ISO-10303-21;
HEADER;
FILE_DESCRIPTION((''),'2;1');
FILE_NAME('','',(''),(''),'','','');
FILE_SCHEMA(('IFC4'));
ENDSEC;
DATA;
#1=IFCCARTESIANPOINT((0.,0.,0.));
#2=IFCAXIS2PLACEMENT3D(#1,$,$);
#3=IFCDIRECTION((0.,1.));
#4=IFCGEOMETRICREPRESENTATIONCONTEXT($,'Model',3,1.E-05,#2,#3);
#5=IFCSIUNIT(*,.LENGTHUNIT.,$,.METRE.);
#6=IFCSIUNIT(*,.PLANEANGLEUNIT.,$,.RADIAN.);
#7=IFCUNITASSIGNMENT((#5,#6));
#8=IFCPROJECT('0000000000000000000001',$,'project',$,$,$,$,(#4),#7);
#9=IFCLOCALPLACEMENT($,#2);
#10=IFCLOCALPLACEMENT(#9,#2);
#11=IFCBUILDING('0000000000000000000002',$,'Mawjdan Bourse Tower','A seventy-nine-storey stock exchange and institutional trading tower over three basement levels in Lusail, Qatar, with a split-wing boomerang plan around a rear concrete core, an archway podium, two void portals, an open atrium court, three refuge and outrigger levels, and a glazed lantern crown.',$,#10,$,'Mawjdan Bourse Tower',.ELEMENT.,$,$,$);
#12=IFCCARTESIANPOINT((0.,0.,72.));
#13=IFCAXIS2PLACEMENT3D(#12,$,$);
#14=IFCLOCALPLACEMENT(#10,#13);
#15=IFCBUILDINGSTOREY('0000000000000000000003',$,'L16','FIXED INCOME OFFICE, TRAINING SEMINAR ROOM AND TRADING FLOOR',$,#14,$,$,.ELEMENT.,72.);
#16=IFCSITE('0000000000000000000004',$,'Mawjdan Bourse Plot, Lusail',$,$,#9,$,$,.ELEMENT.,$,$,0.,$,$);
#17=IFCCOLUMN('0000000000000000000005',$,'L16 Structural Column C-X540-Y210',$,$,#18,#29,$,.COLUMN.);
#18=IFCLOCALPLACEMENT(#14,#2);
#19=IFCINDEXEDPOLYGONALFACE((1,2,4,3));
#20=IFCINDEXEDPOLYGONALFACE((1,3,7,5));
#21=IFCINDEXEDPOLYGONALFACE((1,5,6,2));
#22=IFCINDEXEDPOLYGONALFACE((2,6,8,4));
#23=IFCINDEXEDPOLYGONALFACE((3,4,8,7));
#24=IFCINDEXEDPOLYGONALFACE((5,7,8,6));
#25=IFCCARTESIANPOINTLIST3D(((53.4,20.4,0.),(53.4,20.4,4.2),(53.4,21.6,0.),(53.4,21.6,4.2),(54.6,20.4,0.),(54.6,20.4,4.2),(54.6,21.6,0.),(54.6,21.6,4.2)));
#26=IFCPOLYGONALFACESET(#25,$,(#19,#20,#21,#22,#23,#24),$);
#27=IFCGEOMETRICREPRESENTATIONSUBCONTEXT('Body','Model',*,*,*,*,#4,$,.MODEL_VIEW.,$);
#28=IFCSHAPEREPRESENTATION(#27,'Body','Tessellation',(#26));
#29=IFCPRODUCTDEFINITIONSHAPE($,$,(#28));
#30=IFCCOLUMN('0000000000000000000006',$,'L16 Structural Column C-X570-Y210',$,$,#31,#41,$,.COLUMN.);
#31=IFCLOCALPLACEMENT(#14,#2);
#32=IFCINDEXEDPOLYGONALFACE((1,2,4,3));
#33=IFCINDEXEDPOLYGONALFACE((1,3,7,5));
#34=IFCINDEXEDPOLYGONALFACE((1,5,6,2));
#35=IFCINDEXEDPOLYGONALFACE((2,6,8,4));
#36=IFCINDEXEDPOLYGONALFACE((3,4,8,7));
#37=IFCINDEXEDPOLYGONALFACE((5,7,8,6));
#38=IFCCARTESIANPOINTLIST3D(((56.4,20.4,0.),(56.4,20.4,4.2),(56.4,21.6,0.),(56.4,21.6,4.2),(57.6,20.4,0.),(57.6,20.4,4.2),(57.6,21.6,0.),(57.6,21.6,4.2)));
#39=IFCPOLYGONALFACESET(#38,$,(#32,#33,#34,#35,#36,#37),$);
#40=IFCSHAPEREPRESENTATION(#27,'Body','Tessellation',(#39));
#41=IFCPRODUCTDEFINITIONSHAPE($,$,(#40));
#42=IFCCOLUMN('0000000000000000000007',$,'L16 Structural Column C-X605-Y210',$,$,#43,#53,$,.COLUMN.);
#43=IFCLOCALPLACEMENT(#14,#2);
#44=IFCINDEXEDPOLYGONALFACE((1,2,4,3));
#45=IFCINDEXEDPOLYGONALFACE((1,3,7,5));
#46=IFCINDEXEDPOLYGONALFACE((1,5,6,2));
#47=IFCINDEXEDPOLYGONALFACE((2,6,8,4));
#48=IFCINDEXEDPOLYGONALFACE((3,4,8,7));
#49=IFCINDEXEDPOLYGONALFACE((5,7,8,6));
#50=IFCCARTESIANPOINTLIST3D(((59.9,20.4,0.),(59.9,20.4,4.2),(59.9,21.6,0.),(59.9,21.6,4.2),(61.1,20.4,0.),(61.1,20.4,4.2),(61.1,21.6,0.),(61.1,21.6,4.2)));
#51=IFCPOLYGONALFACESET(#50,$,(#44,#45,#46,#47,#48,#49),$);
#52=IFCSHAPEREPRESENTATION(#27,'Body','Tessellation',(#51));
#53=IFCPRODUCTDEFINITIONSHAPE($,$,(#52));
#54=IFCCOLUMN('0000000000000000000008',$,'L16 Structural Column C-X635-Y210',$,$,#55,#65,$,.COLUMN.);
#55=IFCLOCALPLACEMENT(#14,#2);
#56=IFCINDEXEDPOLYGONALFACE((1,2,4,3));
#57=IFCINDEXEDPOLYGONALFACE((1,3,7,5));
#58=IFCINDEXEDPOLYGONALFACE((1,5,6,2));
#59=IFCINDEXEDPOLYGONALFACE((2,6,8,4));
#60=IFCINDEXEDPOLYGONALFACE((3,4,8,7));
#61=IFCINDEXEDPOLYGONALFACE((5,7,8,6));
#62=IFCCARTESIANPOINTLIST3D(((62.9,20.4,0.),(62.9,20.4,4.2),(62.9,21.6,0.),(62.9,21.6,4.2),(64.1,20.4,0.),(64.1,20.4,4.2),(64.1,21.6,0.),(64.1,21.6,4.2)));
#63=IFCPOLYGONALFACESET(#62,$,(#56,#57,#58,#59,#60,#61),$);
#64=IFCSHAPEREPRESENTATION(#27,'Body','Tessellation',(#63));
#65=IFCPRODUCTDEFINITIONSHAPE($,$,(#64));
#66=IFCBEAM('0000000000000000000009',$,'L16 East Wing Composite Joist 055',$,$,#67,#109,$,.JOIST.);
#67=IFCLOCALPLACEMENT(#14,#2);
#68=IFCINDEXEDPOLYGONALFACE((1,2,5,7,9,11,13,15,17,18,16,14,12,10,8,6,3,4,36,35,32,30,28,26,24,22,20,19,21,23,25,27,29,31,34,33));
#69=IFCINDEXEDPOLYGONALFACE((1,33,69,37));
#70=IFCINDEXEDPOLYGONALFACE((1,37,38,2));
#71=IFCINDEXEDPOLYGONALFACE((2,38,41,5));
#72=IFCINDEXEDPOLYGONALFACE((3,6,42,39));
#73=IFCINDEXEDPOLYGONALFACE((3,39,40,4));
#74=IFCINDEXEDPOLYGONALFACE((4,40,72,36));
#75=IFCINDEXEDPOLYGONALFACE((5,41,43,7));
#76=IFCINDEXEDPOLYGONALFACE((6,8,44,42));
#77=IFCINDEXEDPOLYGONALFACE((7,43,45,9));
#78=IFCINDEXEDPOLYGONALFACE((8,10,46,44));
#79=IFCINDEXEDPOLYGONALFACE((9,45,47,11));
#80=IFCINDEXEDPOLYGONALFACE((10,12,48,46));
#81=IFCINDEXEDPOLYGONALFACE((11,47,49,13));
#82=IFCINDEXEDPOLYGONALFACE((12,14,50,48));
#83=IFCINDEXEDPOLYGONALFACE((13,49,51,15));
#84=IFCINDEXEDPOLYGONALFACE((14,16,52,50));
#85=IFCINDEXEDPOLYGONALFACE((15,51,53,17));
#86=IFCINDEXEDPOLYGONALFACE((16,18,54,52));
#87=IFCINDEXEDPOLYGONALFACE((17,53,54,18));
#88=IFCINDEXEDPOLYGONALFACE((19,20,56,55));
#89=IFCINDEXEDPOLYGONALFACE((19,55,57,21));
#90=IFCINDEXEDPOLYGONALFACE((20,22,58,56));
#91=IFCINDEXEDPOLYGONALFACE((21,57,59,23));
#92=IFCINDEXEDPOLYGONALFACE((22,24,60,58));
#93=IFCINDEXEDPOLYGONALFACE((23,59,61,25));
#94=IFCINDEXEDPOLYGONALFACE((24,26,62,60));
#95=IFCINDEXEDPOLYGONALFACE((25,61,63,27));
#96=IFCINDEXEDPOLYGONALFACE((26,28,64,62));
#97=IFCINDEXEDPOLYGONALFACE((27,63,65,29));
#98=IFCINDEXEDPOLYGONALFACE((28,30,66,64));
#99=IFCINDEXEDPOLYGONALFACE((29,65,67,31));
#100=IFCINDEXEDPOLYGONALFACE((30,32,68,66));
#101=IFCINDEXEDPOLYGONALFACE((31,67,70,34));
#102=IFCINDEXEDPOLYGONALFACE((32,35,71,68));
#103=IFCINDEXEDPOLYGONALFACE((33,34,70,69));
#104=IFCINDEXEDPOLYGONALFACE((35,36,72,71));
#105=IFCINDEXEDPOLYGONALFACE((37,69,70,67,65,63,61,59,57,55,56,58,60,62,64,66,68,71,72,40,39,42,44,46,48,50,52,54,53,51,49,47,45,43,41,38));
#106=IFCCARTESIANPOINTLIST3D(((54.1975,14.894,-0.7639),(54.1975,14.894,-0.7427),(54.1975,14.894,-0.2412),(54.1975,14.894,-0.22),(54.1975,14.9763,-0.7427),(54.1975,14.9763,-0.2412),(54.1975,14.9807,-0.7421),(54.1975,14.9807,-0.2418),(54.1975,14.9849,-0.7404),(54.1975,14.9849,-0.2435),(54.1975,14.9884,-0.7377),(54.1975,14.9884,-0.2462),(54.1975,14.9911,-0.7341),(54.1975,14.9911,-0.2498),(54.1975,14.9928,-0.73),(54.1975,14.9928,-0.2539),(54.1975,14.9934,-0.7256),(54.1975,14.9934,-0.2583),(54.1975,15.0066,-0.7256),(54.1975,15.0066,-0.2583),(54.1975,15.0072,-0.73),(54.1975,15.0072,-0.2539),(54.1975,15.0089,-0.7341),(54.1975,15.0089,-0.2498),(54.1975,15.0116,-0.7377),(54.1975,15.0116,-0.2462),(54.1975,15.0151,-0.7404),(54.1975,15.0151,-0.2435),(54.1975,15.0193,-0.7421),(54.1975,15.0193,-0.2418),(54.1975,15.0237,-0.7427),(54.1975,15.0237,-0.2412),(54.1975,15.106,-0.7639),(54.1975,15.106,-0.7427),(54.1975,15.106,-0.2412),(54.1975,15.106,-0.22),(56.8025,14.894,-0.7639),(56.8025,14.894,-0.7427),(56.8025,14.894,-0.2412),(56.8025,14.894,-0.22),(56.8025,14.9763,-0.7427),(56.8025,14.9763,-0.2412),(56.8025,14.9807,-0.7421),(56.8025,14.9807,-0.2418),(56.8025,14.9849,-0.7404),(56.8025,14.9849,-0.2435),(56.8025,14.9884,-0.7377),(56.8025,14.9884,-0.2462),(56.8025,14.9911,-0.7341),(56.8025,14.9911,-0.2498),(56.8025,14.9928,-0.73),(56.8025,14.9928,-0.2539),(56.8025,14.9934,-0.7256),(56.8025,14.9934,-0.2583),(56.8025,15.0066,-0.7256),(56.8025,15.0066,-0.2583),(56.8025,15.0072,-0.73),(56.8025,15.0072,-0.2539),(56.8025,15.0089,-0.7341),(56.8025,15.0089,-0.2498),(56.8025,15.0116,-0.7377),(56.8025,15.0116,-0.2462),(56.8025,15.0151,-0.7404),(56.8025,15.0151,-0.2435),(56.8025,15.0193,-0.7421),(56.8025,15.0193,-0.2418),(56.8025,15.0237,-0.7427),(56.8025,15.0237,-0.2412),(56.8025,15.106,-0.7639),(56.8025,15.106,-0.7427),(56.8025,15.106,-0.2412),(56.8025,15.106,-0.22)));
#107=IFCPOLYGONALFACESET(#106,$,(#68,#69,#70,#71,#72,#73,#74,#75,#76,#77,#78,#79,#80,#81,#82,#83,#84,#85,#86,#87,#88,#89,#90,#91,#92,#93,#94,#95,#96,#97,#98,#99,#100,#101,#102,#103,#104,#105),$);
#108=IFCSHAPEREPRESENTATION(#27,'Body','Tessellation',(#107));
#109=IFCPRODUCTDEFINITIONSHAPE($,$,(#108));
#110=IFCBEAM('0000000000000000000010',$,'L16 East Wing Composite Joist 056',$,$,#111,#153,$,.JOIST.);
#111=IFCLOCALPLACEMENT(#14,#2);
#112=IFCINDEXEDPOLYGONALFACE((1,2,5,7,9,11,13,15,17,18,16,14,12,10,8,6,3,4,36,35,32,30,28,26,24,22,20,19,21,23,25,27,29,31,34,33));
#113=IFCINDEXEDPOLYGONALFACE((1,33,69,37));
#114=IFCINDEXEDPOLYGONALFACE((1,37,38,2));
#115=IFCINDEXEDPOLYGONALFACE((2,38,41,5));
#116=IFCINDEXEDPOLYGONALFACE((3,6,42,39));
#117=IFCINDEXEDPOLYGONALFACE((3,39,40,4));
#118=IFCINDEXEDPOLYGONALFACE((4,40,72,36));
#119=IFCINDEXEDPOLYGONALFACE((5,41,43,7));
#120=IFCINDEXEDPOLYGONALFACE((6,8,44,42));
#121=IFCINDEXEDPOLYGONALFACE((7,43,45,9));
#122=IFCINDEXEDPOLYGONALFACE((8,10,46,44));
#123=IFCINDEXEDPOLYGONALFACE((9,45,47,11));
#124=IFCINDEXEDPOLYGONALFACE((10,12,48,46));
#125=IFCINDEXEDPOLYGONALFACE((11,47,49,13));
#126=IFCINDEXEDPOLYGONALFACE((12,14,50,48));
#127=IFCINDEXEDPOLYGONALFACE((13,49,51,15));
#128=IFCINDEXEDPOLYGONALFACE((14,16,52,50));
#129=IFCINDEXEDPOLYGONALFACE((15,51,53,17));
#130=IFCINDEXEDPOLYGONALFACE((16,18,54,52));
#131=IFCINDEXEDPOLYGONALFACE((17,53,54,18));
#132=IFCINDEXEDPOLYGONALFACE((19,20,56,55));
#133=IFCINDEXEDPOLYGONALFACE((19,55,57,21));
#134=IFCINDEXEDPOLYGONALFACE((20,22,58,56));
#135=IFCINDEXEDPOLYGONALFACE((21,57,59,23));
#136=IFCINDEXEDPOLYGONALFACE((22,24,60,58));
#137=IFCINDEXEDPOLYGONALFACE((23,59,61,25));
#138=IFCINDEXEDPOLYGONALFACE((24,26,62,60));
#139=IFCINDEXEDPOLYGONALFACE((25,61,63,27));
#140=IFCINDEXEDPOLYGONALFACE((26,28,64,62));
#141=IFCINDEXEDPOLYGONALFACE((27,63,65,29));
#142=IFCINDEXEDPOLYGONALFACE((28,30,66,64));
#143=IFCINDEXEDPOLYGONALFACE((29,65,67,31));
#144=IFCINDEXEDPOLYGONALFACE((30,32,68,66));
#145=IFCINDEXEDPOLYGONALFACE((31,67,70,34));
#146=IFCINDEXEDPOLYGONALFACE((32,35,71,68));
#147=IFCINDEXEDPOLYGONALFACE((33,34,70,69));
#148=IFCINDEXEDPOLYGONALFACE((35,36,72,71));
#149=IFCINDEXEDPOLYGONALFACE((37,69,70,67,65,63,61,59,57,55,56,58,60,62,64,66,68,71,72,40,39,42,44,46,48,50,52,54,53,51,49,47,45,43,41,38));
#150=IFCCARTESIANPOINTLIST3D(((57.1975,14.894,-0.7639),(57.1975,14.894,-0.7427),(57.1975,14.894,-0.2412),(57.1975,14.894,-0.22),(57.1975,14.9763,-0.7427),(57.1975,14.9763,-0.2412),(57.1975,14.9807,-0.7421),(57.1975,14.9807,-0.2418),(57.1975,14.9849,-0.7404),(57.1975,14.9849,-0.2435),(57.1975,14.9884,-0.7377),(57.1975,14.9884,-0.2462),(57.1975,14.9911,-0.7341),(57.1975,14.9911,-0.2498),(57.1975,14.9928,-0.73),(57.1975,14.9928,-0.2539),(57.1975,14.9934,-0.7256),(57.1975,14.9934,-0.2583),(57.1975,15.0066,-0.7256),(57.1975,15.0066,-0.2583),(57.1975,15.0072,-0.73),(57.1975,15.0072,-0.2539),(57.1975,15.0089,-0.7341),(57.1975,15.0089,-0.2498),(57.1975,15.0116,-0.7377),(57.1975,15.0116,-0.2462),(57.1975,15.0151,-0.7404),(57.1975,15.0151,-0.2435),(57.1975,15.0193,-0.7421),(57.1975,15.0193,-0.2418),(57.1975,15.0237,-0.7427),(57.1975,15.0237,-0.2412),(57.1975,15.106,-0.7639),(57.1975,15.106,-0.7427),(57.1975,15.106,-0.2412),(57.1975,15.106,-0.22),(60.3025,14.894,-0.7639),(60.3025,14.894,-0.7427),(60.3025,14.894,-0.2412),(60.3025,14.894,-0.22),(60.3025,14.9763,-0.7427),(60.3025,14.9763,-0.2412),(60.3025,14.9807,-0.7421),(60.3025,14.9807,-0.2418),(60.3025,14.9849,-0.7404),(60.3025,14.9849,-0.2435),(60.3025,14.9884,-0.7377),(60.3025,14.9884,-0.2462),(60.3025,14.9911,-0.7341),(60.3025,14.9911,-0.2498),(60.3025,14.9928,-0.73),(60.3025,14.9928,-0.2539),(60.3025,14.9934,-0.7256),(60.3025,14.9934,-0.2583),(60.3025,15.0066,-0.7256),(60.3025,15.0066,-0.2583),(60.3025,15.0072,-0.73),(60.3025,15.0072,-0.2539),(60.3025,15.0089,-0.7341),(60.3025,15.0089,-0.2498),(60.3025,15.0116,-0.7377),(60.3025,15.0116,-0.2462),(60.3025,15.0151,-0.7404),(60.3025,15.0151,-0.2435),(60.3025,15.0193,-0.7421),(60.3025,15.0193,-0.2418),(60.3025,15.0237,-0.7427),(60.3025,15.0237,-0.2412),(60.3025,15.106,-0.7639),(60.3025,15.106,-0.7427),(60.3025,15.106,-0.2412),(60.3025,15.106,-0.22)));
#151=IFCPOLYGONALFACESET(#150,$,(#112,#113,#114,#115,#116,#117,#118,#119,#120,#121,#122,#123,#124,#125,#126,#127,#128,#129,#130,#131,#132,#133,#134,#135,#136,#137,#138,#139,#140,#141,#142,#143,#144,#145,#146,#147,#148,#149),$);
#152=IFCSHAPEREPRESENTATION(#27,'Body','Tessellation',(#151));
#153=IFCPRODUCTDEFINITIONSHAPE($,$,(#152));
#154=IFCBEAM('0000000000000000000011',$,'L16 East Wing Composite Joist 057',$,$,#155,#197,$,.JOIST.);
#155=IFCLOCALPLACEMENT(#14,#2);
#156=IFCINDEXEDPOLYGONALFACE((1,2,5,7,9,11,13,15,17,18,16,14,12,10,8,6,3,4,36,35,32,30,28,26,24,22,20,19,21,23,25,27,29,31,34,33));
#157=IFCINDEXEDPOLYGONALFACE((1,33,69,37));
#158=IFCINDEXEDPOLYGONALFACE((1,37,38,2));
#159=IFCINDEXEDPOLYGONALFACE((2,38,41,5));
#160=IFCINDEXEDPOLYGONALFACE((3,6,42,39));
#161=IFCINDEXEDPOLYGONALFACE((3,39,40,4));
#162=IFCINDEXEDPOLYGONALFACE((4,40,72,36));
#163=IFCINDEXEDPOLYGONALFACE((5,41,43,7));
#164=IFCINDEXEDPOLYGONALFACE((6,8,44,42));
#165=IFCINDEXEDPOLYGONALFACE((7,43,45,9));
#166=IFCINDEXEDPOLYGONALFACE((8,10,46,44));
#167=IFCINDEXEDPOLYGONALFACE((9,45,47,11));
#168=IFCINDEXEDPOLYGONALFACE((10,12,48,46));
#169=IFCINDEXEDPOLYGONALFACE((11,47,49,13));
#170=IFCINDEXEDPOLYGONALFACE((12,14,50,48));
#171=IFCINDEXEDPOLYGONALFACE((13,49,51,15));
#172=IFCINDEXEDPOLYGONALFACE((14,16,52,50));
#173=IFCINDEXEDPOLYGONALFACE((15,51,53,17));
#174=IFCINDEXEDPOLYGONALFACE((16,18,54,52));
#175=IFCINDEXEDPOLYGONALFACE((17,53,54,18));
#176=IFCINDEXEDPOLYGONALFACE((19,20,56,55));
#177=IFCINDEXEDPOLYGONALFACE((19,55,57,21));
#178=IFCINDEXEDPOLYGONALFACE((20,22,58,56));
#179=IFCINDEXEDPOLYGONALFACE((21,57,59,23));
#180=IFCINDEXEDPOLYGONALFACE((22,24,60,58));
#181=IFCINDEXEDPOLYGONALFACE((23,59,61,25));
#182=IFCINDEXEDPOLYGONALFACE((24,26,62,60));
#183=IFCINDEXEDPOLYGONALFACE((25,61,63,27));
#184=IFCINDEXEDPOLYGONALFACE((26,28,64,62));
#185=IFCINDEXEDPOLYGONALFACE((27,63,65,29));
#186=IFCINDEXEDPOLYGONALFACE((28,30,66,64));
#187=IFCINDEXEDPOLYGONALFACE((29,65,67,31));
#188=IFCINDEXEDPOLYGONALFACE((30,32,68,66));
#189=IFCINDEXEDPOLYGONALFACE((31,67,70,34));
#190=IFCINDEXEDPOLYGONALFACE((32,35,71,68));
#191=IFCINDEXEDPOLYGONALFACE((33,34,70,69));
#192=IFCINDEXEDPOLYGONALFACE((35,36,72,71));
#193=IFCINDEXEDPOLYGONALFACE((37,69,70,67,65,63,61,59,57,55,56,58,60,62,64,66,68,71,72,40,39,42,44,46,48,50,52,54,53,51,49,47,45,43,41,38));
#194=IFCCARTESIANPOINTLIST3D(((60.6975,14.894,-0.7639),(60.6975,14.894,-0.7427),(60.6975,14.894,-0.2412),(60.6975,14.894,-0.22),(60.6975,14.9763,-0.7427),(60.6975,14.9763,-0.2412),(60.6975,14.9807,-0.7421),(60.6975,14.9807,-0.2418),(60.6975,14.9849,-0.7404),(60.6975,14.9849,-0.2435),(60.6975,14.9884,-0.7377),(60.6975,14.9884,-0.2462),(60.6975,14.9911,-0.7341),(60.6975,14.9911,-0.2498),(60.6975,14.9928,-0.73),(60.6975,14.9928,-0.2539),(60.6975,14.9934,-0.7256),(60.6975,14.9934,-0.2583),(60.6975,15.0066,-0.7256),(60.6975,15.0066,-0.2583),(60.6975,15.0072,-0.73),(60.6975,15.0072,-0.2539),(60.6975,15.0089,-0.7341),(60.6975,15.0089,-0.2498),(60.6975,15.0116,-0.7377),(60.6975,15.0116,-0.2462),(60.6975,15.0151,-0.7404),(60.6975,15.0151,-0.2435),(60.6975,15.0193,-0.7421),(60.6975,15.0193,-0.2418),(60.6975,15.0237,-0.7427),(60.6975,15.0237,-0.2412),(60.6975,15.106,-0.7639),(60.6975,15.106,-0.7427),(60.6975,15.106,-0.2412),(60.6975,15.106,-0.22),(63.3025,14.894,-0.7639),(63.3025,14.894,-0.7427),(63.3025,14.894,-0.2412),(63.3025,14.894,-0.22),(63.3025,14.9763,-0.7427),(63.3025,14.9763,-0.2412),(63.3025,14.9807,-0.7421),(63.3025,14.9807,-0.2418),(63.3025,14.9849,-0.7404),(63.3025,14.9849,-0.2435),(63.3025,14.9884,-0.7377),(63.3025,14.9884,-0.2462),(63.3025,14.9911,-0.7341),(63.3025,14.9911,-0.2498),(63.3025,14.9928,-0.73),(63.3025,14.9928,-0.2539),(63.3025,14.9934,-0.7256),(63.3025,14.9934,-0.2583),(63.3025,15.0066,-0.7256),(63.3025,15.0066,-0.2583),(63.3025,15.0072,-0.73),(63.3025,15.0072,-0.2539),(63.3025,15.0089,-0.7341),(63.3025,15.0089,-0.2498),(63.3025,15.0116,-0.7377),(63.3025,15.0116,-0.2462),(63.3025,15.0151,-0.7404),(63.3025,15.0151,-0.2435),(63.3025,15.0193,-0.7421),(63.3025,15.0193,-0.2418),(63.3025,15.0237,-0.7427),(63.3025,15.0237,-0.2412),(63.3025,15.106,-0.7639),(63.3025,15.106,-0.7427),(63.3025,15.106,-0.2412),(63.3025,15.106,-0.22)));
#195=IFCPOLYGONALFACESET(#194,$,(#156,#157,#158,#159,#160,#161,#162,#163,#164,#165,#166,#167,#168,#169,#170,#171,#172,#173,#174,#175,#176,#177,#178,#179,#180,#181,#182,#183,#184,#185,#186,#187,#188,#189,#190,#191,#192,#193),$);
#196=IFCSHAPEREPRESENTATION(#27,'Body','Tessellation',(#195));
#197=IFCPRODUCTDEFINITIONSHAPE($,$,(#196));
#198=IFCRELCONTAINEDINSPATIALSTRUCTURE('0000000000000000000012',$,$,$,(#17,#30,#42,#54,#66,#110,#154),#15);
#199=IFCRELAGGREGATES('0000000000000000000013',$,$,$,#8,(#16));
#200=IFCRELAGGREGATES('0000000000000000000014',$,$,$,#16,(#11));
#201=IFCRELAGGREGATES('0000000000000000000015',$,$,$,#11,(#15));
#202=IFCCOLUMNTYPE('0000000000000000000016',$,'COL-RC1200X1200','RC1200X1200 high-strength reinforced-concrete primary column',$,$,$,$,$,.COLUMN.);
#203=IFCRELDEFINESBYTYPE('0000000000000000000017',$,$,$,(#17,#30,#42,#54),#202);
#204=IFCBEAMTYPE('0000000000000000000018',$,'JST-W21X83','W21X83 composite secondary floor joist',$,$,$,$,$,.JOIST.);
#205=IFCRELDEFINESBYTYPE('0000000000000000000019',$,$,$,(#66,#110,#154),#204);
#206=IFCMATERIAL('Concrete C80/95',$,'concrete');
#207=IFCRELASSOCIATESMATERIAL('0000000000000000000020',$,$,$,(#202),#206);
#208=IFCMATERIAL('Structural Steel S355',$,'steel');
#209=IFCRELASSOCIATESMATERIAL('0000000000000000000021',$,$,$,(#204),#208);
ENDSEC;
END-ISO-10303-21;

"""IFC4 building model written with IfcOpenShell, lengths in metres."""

from ifc_helpers import new_model, si_unit, direction, frame, origin, origin_2d, place, context, subcontext, project, spatial, rectangle, i_section, extrude, material, material_profile, profile_set, type_object, element, save


model = new_model("IFC4")

# Units and contexts
model_context = context("Model", 3, precision=1e-05, world=origin(), true_north=direction((0.0, 1.0)))
body_context = subcontext(model_context, "Body", "Model", "MODEL_VIEW")
ifc_project = project(units=[si_unit("LENGTHUNIT", "METRE"), si_unit("PLANEANGLEUNIT", "RADIAN")], contexts=[model_context])

# Site, building, storey
site_placement = place(None, origin())
site = spatial("IfcSite", under=ifc_project, at=site_placement, Name="Mawjdan Bourse Plot, Lusail", CompositionType="ELEMENT", RefElevation=0.0)
building_placement = place(site_placement, origin())
building = spatial("IfcBuilding", under=site, at=building_placement, Name="Mawjdan Bourse Tower", Description="A seventy-nine-storey stock exchange and institutional trading tower over three basement levels in Lusail, Qatar, with a split-wing boomerang plan around a rear concrete core, an archway podium, two void portals, an open atrium court, three refuge and outrigger levels, and a glazed lantern crown.", LongName="Mawjdan Bourse Tower", CompositionType="ELEMENT")
storey_placement = place(building_placement, frame((0.0, 0.0, 72.0)))
storey = spatial("IfcBuildingStorey", under=building, at=storey_placement, Name="L16", Description="FIXED INCOME OFFICE, TRAINING SEMINAR ROOM AND TRADING FLOOR", CompositionType="ELEMENT", Elevation=72.0)

# Columns
ifc_material_1 = material(Name="Concrete C80/95", Category="concrete")
ifc_material_profile_1 = material_profile(ifc_material_1, rectangle(XDim=1.2, YDim=1.2, at=origin_2d()), Name="RC1200X1200")
ifc_profile_set_1 = profile_set([ifc_material_profile_1], Name="Concrete C80/95")
column_type = type_object("IfcColumnType", Name="COL-RC1200X1200", Description="RC1200X1200 high-strength reinforced-concrete primary column", PredefinedType="COLUMN", material=ifc_profile_set_1)
for number, where, z_axis, x_axis, name in (
    (1, (54.0, 21.0, 0.0), (0.0, 0.0, 1.0), (1.0, 0.0, 0.0), "L16 Structural Column C-X540-Y210"),
    (2, (57.0, 21.0, 0.0), (0.0, 0.0, 1.0), (1.0, 0.0, 0.0), "L16 Structural Column C-X570-Y210"),
    (3, (60.5, 21.0, 0.0), (0.0, 0.0, 1.0), (1.0, 0.0, 0.0), "L16 Structural Column C-X605-Y210"),
    (4, (63.5, 21.0, 0.0), (0.0, 0.0, 1.0), (1.0, 0.0, 0.0), "L16 Structural Column C-X635-Y210"),
):
    element("IfcColumn", number, at=place(storey_placement, frame(where, z_axis=z_axis, x_axis=x_axis)), inside=storey, type_object=column_type, Name=name, PredefinedType="COLUMN", context=body_context, shape_type="SweptSolid", body=[
        extrude(rectangle(XDim=1.2, YDim=1.2, at=origin_2d()), origin(), (0.0, 0.0, 1.0), 4.2),
    ])

# Beams
ifc_material_2 = material(Name="Structural Steel S355", Category="steel")
ifc_material_profile_2 = material_profile(ifc_material_2, i_section(OverallWidth=0.2119, OverallDepth=0.5439, WebThickness=0.0132, FlangeThickness=0.0212, FilletRadius=0.0171, at=origin_2d()), Name="W21X83")
ifc_profile_set_2 = profile_set([ifc_material_profile_2], Name="Structural Steel S355")
beam_type_1 = type_object("IfcBeamType", Name="JST-W21X83", Description="W21X83 composite secondary floor joist", PredefinedType="JOIST", material=ifc_profile_set_2)
beam_1_placement = place(storey_placement, frame((54.1975, 15.0, -0.4919), z_axis=(1.0, 0.0, 0.0), x_axis=(0.0, 1.0, 0.0)))
element("IfcBeam", 5, at=beam_1_placement, inside=storey, type_object=beam_type_1, Name="L16 East Wing Composite Joist 055", PredefinedType="JOIST", context=body_context, shape_type="SweptSolid", body=[
    extrude(i_section(OverallWidth=0.2119, OverallDepth=0.5439, WebThickness=0.0132, FlangeThickness=0.0212, FilletRadius=0.0171, at=origin_2d()), origin(), (0.0, 0.0, 1.0), 2.605),
])
beam_2_placement = place(storey_placement, frame((57.1975, 15.0, -0.4919), z_axis=(1.0, 0.0, 0.0), x_axis=(0.0, 1.0, 0.0)))
element("IfcBeam", 6, at=beam_2_placement, inside=storey, type_object=beam_type_1, Name="L16 East Wing Composite Joist 056", PredefinedType="JOIST", context=body_context, shape_type="SweptSolid", body=[
    extrude(i_section(OverallWidth=0.2119, OverallDepth=0.5439, WebThickness=0.0132, FlangeThickness=0.0212, FilletRadius=0.0171, at=origin_2d()), origin(), (0.0, 0.0, 1.0), 3.105),
])
for number, where, z_axis, x_axis, name in (
    (7, (60.6975, 15.0, -0.4919), (1.0, 0.0, 0.0), (0.0, 1.0, 0.0), "L16 East Wing Composite Joist 057"),
):
    element("IfcBeam", number, at=place(storey_placement, frame(where, z_axis=z_axis, x_axis=x_axis)), inside=storey, type_object=beam_type_1, Name=name, PredefinedType="JOIST", context=body_context, shape_type="SweptSolid", body=[
        extrude(i_section(OverallWidth=0.2119, OverallDepth=0.5439, WebThickness=0.0132, FlangeThickness=0.0212, FilletRadius=0.0171, at=origin_2d()), origin(), (0.0, 0.0, 1.0), 2.605),
    ])

save(model, "model.ifc")
